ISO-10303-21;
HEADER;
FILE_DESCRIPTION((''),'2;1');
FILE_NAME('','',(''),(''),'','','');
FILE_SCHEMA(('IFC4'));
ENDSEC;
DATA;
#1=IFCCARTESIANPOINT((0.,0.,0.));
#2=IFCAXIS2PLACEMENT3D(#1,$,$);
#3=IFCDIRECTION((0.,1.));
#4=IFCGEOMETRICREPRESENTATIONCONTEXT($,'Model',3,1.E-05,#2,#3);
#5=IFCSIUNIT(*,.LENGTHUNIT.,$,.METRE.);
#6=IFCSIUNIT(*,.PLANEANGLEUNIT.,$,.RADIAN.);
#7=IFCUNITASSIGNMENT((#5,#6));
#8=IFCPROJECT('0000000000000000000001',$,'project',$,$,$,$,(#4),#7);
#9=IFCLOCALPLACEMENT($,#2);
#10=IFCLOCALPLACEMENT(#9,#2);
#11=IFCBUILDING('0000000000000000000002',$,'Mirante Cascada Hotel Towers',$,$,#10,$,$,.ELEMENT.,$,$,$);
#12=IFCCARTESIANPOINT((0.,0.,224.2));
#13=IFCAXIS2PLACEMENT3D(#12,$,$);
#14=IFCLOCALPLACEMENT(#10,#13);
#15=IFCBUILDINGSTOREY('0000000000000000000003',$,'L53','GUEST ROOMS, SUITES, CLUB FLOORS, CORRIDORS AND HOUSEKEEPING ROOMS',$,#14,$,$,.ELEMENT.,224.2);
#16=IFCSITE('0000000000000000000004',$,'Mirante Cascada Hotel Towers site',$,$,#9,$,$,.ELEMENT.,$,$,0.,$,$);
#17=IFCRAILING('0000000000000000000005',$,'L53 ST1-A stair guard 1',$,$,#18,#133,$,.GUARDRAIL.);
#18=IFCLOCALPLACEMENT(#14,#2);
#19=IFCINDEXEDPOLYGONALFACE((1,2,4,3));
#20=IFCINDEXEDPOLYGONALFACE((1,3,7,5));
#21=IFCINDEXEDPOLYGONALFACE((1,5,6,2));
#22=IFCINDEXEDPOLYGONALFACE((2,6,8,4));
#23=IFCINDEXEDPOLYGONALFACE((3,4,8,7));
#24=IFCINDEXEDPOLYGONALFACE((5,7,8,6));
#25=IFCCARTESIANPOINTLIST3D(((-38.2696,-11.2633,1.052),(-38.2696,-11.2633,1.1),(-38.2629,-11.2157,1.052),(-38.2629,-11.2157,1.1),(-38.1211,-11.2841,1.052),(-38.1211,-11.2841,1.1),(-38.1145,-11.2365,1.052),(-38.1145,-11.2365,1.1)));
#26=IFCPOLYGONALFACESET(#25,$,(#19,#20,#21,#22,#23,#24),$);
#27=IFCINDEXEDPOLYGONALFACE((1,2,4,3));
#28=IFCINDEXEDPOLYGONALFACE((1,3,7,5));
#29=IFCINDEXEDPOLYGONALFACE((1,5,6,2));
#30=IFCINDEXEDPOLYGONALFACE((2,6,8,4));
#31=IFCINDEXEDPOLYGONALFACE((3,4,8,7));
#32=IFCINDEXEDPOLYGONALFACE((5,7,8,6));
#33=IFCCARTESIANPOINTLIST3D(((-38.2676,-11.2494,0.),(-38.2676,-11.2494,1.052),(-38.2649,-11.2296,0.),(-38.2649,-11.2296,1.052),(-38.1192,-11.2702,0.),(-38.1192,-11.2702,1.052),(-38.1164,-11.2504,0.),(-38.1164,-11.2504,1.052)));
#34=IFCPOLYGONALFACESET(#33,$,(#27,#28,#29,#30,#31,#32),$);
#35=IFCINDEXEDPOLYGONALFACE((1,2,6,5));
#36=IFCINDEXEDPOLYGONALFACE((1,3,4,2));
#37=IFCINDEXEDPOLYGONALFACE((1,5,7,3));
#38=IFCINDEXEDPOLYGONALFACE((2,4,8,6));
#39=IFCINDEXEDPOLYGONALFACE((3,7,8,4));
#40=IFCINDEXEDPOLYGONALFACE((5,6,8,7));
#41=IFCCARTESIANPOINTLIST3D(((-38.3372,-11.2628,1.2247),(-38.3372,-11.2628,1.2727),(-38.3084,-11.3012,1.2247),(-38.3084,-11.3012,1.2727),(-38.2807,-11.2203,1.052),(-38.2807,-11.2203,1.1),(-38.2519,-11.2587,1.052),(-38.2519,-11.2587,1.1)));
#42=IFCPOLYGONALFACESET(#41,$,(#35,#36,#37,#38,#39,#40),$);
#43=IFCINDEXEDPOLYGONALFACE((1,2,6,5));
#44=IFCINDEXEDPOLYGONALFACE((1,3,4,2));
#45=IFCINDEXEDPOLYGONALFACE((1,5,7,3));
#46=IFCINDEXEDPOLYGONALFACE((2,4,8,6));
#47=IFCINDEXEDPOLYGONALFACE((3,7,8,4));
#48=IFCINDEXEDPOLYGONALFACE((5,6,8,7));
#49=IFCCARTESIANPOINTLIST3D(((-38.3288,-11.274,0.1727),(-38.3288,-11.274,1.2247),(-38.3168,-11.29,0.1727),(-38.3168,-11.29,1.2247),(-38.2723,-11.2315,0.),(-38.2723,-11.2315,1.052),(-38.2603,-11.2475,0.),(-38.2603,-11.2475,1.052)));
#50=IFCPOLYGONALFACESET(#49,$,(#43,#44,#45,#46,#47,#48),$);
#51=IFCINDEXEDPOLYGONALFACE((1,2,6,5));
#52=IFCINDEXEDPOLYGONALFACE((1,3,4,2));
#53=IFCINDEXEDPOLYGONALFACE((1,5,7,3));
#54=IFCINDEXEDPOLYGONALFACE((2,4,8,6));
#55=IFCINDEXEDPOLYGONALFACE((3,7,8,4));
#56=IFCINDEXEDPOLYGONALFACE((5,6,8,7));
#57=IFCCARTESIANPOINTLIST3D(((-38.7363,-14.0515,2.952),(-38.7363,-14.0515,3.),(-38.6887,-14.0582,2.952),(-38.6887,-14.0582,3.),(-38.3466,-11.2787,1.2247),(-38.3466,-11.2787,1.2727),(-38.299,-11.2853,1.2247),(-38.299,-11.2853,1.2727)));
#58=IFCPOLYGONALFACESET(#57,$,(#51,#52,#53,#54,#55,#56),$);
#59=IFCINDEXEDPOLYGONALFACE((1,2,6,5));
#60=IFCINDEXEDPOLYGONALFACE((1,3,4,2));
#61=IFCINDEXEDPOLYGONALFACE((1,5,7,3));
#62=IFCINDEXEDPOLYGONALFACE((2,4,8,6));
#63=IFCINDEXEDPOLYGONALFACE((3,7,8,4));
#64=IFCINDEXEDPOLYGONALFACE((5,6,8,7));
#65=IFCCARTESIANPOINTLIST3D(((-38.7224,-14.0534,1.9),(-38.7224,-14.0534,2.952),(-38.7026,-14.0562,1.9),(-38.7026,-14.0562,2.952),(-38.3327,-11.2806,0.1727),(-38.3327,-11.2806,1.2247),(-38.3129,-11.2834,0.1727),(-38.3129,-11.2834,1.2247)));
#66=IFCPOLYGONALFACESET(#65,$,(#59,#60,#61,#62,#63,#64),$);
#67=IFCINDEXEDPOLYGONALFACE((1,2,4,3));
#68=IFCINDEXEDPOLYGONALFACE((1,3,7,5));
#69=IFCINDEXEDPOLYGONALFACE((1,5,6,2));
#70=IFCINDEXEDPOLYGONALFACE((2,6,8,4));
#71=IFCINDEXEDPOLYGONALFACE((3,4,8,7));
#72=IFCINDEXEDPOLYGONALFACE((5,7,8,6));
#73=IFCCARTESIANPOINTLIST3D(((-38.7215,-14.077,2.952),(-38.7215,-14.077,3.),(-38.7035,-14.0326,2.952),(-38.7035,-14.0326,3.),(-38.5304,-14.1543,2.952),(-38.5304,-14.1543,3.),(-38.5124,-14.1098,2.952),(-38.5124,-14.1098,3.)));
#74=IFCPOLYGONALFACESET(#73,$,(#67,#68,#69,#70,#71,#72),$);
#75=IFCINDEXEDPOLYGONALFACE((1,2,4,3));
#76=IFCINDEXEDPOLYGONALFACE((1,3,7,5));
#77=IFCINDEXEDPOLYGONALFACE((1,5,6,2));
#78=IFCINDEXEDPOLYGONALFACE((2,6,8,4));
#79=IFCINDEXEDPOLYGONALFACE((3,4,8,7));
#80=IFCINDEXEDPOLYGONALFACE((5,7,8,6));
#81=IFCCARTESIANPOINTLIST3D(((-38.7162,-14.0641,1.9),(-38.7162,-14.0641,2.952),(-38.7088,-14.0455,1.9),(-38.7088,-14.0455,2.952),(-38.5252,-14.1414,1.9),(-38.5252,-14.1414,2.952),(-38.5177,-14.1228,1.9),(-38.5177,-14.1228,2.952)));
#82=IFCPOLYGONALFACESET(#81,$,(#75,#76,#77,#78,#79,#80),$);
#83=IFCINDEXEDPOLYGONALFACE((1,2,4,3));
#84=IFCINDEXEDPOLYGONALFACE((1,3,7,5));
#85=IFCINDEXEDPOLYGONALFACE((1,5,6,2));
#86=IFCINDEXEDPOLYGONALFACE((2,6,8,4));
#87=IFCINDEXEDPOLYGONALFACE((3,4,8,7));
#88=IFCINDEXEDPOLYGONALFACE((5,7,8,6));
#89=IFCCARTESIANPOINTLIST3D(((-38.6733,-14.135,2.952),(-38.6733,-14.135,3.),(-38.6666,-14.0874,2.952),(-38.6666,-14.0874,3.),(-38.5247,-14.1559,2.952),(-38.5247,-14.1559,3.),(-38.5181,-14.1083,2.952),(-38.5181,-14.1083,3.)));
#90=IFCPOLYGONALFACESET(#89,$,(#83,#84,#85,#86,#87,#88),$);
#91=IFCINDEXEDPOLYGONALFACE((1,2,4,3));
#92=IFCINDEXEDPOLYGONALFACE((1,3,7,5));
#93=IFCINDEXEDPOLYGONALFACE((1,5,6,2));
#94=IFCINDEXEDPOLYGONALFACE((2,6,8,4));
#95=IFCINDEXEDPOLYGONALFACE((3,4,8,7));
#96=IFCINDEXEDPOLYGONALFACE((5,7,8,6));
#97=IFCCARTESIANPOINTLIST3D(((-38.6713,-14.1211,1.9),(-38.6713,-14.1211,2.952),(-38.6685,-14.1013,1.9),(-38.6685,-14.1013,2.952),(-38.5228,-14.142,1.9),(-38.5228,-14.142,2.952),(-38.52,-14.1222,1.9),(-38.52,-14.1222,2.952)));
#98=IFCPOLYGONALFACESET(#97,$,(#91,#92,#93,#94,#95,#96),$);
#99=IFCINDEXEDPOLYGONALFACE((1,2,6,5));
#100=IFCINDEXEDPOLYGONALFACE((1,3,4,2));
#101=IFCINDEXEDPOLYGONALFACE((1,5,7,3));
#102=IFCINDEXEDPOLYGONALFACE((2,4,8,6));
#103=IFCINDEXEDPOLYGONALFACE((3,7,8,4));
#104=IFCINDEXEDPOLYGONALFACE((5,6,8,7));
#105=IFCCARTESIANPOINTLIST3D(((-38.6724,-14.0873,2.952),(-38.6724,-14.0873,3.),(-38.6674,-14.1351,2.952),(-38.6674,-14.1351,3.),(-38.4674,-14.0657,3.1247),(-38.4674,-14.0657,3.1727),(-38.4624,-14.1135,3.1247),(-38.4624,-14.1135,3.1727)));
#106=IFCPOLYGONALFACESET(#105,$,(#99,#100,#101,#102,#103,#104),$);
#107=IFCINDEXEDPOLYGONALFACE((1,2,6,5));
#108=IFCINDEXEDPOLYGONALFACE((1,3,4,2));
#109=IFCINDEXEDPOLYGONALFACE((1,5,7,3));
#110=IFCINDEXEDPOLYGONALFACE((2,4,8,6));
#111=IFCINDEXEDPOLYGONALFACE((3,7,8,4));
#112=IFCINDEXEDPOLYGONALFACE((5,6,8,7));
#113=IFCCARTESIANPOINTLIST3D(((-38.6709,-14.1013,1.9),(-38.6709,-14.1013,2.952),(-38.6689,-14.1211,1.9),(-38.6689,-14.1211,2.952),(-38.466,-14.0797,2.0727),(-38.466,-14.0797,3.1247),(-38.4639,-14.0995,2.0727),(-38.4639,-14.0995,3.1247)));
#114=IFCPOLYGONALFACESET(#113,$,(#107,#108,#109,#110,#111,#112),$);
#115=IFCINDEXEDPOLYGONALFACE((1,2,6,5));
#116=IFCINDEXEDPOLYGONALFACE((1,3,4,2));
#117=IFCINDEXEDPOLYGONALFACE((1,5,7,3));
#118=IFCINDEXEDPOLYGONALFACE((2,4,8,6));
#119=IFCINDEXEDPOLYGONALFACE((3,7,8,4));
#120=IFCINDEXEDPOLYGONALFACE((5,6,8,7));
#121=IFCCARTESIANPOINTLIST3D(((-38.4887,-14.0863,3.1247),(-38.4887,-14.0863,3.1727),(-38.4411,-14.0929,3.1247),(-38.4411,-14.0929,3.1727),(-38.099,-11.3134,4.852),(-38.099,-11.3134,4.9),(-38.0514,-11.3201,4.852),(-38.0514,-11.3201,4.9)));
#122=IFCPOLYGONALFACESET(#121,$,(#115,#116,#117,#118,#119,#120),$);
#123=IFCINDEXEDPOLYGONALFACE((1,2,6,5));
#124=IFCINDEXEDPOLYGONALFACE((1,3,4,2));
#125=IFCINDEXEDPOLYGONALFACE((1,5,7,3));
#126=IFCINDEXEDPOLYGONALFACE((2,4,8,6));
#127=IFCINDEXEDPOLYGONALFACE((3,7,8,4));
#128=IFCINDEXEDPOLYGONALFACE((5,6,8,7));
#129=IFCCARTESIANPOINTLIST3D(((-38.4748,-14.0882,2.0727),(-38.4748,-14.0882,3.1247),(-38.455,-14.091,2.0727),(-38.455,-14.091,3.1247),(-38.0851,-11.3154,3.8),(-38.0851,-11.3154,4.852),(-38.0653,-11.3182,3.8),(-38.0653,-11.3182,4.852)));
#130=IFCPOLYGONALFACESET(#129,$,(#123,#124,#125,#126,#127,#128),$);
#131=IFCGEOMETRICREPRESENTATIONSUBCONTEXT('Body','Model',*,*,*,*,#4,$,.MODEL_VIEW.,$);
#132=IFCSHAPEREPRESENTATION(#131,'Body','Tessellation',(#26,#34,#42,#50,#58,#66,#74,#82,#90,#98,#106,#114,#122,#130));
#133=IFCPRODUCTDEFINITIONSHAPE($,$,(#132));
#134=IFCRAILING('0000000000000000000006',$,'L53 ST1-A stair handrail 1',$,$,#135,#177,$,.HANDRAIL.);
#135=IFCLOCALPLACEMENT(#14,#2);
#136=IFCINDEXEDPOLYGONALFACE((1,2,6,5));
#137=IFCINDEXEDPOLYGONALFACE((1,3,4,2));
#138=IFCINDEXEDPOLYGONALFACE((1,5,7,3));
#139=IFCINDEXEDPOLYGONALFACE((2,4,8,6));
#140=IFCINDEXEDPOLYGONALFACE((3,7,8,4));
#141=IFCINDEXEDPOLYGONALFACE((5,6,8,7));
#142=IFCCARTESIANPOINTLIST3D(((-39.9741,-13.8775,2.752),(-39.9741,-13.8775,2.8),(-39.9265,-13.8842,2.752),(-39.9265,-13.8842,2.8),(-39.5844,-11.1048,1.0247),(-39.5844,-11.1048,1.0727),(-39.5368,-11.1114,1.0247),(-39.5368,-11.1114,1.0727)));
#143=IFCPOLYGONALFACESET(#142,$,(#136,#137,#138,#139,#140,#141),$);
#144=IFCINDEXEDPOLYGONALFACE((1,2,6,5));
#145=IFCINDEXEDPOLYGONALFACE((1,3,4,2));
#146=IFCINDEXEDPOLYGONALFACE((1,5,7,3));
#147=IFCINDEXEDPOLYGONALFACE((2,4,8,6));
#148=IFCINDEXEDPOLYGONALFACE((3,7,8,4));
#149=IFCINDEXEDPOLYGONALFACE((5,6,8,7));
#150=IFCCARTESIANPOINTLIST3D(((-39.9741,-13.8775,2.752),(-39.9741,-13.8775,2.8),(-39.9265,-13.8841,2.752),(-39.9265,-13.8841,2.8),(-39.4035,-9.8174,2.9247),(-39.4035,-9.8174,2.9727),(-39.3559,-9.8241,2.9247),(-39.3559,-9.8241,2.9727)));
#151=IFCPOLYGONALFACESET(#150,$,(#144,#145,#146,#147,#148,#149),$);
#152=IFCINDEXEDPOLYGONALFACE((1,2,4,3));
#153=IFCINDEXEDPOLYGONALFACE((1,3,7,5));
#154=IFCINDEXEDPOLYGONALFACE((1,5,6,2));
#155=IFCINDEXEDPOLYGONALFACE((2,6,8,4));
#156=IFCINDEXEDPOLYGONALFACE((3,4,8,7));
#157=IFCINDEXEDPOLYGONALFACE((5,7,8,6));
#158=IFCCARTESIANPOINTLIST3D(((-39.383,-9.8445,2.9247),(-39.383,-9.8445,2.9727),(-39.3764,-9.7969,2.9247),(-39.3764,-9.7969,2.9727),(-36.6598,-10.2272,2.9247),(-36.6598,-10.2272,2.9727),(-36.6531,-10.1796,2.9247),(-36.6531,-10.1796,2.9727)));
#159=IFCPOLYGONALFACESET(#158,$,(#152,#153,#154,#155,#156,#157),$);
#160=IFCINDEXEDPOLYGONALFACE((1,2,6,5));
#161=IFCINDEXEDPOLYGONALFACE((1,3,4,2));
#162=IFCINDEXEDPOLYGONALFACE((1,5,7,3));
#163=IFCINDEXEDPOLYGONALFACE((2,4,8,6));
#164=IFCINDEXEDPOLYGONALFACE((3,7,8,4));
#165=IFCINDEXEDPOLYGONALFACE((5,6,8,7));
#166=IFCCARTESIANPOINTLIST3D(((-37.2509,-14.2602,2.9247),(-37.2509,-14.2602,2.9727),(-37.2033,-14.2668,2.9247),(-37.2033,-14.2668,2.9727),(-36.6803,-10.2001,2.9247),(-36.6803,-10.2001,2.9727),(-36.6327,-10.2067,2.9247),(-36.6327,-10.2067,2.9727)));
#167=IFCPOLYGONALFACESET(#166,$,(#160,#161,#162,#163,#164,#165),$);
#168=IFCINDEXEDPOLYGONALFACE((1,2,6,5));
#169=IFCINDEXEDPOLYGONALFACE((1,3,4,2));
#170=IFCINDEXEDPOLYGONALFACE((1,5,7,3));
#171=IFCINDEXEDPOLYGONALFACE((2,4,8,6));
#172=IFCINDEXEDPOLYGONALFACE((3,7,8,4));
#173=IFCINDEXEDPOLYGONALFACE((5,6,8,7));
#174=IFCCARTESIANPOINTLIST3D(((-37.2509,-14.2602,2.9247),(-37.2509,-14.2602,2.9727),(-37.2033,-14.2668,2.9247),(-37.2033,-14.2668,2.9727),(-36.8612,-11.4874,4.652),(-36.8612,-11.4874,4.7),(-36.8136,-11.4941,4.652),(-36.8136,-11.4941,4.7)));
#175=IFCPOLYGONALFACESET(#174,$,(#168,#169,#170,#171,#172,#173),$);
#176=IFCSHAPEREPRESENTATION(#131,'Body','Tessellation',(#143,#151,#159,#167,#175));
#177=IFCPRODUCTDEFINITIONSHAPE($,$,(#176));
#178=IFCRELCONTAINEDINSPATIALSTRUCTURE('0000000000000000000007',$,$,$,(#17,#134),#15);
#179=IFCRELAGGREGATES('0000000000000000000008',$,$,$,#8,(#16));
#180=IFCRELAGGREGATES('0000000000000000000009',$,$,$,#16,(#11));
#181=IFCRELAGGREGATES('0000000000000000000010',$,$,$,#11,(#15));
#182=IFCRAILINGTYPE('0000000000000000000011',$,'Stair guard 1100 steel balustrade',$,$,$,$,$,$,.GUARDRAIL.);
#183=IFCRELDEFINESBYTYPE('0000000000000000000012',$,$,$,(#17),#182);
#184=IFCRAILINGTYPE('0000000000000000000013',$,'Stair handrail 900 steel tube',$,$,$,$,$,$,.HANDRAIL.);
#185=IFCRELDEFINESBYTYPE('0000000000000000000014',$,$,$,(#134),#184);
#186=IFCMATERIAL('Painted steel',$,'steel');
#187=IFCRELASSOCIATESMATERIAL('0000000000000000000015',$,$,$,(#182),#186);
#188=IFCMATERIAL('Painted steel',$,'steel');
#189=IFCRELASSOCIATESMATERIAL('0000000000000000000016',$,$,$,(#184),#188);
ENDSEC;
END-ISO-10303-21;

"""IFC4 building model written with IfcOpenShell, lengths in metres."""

from ifc_helpers import new_model, si_unit, direction, frame, origin, origin_2d, place, context, subcontext, project, spatial, rectangle, extrude, material, type_object, element, save


model = new_model("IFC4")

# Units and contexts
model_context = context("Model", 3, precision=1e-05, world=origin(), true_north=direction((0.0, 1.0)))
body_context = subcontext(model_context, "Body", "Model", "MODEL_VIEW")
ifc_project = project(units=[si_unit("LENGTHUNIT", "METRE"), si_unit("PLANEANGLEUNIT", "RADIAN")], contexts=[model_context])

# Site, building, storey
site_placement = place(None, origin())
site = spatial("IfcSite", under=ifc_project, at=site_placement, Name="Mirante Cascada Hotel Towers site", CompositionType="ELEMENT", RefElevation=0.0)
building_placement = place(site_placement, origin())
building = spatial("IfcBuilding", under=site, at=building_placement, Name="Mirante Cascada Hotel Towers", CompositionType="ELEMENT")
storey_placement = place(building_placement, frame((0.0, 0.0, 224.2)))
storey = spatial("IfcBuildingStorey", under=building, at=storey_placement, Name="L53", Description="GUEST ROOMS, SUITES, CLUB FLOORS, CORRIDORS AND HOUSEKEEPING ROOMS", CompositionType="ELEMENT", Elevation=224.2)

# Railings
ifc_material_1 = material(Name="Painted steel", Category="steel")
railing_type_1 = type_object("IfcRailingType", Name="Stair guard 1100 steel balustrade", PredefinedType="GUARDRAIL", material=ifc_material_1)
railing_1_placement = place(storey_placement, frame((-38.1178, -11.2603, 0.0)))
element("IfcRailing", 1, at=railing_1_placement, inside=storey, type_object=railing_type_1, Name="L53 ST1-A stair guard 1", PredefinedType="GUARDRAIL", context=body_context, shape_type="SweptSolid", body=[
    extrude(rectangle(XDim=0.048, YDim=0.048, at=origin_2d()), frame((0.0, 0.0, 1.076), z_axis=(-0.990333, 0.138713, 0.0), x_axis=(-0.138713, -0.990333, 0.0)), (0.0, 0.0, 1.0), 0.1499),
    extrude(rectangle(XDim=0.02, YDim=1.052, at=origin_2d()), frame((0.0, 0.0, 0.526), z_axis=(-0.990333, 0.138713, 0.0), x_axis=(-0.138713, -0.990333, 0.0)), (0.0, 0.0, 1.0), 0.1499),
    extrude(rectangle(XDim=0.048, YDim=0.048, at=origin_2d()), frame((-0.1485, 0.0208, 1.076), z_axis=(-0.79915, -0.601131, 0.0), x_axis=(0.601131, -0.79915, 0.0)), (0.0, 0.925453, 0.378863), 0.1866),
    extrude(rectangle(XDim=0.02, YDim=1.052, at=origin_2d()), frame((-0.1485, 0.0208, 0.526), z_axis=(-0.79915, -0.601131, 0.0), x_axis=(0.601131, -0.79915, 0.0)), (0.0, 0.925453, 0.378863), 0.1866),
    extrude(rectangle(XDim=0.048, YDim=0.048, at=origin_2d()), frame((-0.205, -0.0217, 1.2487), z_axis=(-0.139176, -0.990268, 0.0), x_axis=(0.990268, -0.139176, 0.0)), (0.0, 0.525021, 0.851089), 3.29),
    extrude(rectangle(XDim=0.02, YDim=1.052, at=origin_2d()), frame((-0.205, -0.0217, 0.6987), z_axis=(-0.139176, -0.990268, 0.0), x_axis=(0.990268, -0.139176, 0.0)), (0.0, 0.525021, 0.851089), 3.29),
    extrude(rectangle(XDim=0.048, YDim=0.048, at=origin_2d()), frame((-0.5947, -2.7945, 2.976), z_axis=(0.927031, -0.374984, 0.0), x_axis=(0.374984, 0.927031, 0.0)), (0.0, 0.0, 1.0), 0.2061),
    extrude(rectangle(XDim=0.02, YDim=1.052, at=origin_2d()), frame((-0.5947, -2.7945, 2.426), z_axis=(0.927031, -0.374984, 0.0), x_axis=(0.374984, 0.927031, 0.0)), (0.0, 0.0, 1.0), 0.2061),
    extrude(rectangle(XDim=0.048, YDim=0.048, at=origin_2d()), frame((-0.4036, -2.8718, 2.976), z_axis=(-0.990241, 0.139367, 0.0), x_axis=(-0.139367, -0.990241, 0.0)), (0.0, 0.0, 1.0), 0.15),
    extrude(rectangle(XDim=0.02, YDim=1.052, at=origin_2d()), frame((-0.4036, -2.8718, 2.426), z_axis=(-0.990241, 0.139367, 0.0), x_axis=(-0.139367, -0.990241, 0.0)), (0.0, 0.0, 1.0), 0.15),
    extrude(rectangle(XDim=0.048, YDim=0.048, at=origin_2d()), frame((-0.5521, -2.8509, 2.976), z_axis=(0.994495, 0.104786, 0.0), x_axis=(-0.104786, 0.994495, 0.0)), (0.0, 0.642203, 0.766534), 0.2689),
    extrude(rectangle(XDim=0.02, YDim=1.052, at=origin_2d()), frame((-0.5521, -2.8509, 2.426), z_axis=(0.994495, 0.104786, 0.0), x_axis=(-0.104786, 0.994495, 0.0)), (0.0, 0.642203, 0.766534), 0.2689),
    extrude(rectangle(XDim=0.048, YDim=0.048, at=origin_2d()), frame((-0.3471, -2.8293, 3.1487), z_axis=(0.139176, 0.990268, 0.0), x_axis=(-0.990268, 0.139176, 0.0)), (0.0, 0.525021, 0.851089), 3.29),
    extrude(rectangle(XDim=0.02, YDim=1.052, at=origin_2d()), frame((-0.3471, -2.8293, 2.5987), z_axis=(0.139176, 0.990268, 0.0), x_axis=(-0.990268, 0.139176, 0.0)), (0.0, 0.525021, 0.851089), 3.29),
])
ifc_material_2 = material(Name="Painted steel", Category="steel")
railing_type_2 = type_object("IfcRailingType", Name="Stair handrail 900 steel tube", PredefinedType="HANDRAIL", material=ifc_material_2)
railing_2_placement = place(storey_placement, frame((-39.5606, -11.1081, 0.1727)))
element("IfcRailing", 2, at=railing_2_placement, inside=storey, type_object=railing_type_2, Name="L53 ST1-A stair handrail 1", PredefinedType="HANDRAIL", context=body_context, shape_type="SweptSolid", body=[
    extrude(rectangle(XDim=0.048, YDim=0.048, at=origin_2d()), frame((0.0, 0.0, 0.876), z_axis=(-0.139181, -0.990267, 0.0), x_axis=(0.990267, -0.139181, 0.0)), (0.0, 0.525035, 0.851081), 3.2899),
    extrude(rectangle(XDim=0.048, YDim=0.048, at=origin_2d()), frame((-0.3897, -2.7727, 2.6033), z_axis=(0.139171, 0.990268, 0.0), x_axis=(-0.990268, 0.139171, 0.0)), (0.0, 0.042085, 0.999114), 4.1036),
    extrude(rectangle(XDim=0.048, YDim=0.048, at=origin_2d()), frame((0.1809, 1.2874, 2.776), z_axis=(0.990269, -0.139166, 0.0), x_axis=(0.139166, 0.990269, 0.0)), (0.0, 0.0, 1.0), 2.75),
    extrude(rectangle(XDim=0.048, YDim=0.048, at=origin_2d()), frame((2.9041, 0.9047, 2.776), z_axis=(-0.139171, -0.990268, 0.0), x_axis=(0.990268, -0.139171, 0.0)), (0.0, 0.0, 1.0), 4.1),
    extrude(rectangle(XDim=0.048, YDim=0.048, at=origin_2d()), frame((2.3335, -3.1554, 2.776), z_axis=(0.139181, 0.990267, 0.0), x_axis=(-0.990267, 0.139181, 0.0)), (0.0, 0.525035, 0.851081), 3.2899),
])

save(model, "model.ifc")
